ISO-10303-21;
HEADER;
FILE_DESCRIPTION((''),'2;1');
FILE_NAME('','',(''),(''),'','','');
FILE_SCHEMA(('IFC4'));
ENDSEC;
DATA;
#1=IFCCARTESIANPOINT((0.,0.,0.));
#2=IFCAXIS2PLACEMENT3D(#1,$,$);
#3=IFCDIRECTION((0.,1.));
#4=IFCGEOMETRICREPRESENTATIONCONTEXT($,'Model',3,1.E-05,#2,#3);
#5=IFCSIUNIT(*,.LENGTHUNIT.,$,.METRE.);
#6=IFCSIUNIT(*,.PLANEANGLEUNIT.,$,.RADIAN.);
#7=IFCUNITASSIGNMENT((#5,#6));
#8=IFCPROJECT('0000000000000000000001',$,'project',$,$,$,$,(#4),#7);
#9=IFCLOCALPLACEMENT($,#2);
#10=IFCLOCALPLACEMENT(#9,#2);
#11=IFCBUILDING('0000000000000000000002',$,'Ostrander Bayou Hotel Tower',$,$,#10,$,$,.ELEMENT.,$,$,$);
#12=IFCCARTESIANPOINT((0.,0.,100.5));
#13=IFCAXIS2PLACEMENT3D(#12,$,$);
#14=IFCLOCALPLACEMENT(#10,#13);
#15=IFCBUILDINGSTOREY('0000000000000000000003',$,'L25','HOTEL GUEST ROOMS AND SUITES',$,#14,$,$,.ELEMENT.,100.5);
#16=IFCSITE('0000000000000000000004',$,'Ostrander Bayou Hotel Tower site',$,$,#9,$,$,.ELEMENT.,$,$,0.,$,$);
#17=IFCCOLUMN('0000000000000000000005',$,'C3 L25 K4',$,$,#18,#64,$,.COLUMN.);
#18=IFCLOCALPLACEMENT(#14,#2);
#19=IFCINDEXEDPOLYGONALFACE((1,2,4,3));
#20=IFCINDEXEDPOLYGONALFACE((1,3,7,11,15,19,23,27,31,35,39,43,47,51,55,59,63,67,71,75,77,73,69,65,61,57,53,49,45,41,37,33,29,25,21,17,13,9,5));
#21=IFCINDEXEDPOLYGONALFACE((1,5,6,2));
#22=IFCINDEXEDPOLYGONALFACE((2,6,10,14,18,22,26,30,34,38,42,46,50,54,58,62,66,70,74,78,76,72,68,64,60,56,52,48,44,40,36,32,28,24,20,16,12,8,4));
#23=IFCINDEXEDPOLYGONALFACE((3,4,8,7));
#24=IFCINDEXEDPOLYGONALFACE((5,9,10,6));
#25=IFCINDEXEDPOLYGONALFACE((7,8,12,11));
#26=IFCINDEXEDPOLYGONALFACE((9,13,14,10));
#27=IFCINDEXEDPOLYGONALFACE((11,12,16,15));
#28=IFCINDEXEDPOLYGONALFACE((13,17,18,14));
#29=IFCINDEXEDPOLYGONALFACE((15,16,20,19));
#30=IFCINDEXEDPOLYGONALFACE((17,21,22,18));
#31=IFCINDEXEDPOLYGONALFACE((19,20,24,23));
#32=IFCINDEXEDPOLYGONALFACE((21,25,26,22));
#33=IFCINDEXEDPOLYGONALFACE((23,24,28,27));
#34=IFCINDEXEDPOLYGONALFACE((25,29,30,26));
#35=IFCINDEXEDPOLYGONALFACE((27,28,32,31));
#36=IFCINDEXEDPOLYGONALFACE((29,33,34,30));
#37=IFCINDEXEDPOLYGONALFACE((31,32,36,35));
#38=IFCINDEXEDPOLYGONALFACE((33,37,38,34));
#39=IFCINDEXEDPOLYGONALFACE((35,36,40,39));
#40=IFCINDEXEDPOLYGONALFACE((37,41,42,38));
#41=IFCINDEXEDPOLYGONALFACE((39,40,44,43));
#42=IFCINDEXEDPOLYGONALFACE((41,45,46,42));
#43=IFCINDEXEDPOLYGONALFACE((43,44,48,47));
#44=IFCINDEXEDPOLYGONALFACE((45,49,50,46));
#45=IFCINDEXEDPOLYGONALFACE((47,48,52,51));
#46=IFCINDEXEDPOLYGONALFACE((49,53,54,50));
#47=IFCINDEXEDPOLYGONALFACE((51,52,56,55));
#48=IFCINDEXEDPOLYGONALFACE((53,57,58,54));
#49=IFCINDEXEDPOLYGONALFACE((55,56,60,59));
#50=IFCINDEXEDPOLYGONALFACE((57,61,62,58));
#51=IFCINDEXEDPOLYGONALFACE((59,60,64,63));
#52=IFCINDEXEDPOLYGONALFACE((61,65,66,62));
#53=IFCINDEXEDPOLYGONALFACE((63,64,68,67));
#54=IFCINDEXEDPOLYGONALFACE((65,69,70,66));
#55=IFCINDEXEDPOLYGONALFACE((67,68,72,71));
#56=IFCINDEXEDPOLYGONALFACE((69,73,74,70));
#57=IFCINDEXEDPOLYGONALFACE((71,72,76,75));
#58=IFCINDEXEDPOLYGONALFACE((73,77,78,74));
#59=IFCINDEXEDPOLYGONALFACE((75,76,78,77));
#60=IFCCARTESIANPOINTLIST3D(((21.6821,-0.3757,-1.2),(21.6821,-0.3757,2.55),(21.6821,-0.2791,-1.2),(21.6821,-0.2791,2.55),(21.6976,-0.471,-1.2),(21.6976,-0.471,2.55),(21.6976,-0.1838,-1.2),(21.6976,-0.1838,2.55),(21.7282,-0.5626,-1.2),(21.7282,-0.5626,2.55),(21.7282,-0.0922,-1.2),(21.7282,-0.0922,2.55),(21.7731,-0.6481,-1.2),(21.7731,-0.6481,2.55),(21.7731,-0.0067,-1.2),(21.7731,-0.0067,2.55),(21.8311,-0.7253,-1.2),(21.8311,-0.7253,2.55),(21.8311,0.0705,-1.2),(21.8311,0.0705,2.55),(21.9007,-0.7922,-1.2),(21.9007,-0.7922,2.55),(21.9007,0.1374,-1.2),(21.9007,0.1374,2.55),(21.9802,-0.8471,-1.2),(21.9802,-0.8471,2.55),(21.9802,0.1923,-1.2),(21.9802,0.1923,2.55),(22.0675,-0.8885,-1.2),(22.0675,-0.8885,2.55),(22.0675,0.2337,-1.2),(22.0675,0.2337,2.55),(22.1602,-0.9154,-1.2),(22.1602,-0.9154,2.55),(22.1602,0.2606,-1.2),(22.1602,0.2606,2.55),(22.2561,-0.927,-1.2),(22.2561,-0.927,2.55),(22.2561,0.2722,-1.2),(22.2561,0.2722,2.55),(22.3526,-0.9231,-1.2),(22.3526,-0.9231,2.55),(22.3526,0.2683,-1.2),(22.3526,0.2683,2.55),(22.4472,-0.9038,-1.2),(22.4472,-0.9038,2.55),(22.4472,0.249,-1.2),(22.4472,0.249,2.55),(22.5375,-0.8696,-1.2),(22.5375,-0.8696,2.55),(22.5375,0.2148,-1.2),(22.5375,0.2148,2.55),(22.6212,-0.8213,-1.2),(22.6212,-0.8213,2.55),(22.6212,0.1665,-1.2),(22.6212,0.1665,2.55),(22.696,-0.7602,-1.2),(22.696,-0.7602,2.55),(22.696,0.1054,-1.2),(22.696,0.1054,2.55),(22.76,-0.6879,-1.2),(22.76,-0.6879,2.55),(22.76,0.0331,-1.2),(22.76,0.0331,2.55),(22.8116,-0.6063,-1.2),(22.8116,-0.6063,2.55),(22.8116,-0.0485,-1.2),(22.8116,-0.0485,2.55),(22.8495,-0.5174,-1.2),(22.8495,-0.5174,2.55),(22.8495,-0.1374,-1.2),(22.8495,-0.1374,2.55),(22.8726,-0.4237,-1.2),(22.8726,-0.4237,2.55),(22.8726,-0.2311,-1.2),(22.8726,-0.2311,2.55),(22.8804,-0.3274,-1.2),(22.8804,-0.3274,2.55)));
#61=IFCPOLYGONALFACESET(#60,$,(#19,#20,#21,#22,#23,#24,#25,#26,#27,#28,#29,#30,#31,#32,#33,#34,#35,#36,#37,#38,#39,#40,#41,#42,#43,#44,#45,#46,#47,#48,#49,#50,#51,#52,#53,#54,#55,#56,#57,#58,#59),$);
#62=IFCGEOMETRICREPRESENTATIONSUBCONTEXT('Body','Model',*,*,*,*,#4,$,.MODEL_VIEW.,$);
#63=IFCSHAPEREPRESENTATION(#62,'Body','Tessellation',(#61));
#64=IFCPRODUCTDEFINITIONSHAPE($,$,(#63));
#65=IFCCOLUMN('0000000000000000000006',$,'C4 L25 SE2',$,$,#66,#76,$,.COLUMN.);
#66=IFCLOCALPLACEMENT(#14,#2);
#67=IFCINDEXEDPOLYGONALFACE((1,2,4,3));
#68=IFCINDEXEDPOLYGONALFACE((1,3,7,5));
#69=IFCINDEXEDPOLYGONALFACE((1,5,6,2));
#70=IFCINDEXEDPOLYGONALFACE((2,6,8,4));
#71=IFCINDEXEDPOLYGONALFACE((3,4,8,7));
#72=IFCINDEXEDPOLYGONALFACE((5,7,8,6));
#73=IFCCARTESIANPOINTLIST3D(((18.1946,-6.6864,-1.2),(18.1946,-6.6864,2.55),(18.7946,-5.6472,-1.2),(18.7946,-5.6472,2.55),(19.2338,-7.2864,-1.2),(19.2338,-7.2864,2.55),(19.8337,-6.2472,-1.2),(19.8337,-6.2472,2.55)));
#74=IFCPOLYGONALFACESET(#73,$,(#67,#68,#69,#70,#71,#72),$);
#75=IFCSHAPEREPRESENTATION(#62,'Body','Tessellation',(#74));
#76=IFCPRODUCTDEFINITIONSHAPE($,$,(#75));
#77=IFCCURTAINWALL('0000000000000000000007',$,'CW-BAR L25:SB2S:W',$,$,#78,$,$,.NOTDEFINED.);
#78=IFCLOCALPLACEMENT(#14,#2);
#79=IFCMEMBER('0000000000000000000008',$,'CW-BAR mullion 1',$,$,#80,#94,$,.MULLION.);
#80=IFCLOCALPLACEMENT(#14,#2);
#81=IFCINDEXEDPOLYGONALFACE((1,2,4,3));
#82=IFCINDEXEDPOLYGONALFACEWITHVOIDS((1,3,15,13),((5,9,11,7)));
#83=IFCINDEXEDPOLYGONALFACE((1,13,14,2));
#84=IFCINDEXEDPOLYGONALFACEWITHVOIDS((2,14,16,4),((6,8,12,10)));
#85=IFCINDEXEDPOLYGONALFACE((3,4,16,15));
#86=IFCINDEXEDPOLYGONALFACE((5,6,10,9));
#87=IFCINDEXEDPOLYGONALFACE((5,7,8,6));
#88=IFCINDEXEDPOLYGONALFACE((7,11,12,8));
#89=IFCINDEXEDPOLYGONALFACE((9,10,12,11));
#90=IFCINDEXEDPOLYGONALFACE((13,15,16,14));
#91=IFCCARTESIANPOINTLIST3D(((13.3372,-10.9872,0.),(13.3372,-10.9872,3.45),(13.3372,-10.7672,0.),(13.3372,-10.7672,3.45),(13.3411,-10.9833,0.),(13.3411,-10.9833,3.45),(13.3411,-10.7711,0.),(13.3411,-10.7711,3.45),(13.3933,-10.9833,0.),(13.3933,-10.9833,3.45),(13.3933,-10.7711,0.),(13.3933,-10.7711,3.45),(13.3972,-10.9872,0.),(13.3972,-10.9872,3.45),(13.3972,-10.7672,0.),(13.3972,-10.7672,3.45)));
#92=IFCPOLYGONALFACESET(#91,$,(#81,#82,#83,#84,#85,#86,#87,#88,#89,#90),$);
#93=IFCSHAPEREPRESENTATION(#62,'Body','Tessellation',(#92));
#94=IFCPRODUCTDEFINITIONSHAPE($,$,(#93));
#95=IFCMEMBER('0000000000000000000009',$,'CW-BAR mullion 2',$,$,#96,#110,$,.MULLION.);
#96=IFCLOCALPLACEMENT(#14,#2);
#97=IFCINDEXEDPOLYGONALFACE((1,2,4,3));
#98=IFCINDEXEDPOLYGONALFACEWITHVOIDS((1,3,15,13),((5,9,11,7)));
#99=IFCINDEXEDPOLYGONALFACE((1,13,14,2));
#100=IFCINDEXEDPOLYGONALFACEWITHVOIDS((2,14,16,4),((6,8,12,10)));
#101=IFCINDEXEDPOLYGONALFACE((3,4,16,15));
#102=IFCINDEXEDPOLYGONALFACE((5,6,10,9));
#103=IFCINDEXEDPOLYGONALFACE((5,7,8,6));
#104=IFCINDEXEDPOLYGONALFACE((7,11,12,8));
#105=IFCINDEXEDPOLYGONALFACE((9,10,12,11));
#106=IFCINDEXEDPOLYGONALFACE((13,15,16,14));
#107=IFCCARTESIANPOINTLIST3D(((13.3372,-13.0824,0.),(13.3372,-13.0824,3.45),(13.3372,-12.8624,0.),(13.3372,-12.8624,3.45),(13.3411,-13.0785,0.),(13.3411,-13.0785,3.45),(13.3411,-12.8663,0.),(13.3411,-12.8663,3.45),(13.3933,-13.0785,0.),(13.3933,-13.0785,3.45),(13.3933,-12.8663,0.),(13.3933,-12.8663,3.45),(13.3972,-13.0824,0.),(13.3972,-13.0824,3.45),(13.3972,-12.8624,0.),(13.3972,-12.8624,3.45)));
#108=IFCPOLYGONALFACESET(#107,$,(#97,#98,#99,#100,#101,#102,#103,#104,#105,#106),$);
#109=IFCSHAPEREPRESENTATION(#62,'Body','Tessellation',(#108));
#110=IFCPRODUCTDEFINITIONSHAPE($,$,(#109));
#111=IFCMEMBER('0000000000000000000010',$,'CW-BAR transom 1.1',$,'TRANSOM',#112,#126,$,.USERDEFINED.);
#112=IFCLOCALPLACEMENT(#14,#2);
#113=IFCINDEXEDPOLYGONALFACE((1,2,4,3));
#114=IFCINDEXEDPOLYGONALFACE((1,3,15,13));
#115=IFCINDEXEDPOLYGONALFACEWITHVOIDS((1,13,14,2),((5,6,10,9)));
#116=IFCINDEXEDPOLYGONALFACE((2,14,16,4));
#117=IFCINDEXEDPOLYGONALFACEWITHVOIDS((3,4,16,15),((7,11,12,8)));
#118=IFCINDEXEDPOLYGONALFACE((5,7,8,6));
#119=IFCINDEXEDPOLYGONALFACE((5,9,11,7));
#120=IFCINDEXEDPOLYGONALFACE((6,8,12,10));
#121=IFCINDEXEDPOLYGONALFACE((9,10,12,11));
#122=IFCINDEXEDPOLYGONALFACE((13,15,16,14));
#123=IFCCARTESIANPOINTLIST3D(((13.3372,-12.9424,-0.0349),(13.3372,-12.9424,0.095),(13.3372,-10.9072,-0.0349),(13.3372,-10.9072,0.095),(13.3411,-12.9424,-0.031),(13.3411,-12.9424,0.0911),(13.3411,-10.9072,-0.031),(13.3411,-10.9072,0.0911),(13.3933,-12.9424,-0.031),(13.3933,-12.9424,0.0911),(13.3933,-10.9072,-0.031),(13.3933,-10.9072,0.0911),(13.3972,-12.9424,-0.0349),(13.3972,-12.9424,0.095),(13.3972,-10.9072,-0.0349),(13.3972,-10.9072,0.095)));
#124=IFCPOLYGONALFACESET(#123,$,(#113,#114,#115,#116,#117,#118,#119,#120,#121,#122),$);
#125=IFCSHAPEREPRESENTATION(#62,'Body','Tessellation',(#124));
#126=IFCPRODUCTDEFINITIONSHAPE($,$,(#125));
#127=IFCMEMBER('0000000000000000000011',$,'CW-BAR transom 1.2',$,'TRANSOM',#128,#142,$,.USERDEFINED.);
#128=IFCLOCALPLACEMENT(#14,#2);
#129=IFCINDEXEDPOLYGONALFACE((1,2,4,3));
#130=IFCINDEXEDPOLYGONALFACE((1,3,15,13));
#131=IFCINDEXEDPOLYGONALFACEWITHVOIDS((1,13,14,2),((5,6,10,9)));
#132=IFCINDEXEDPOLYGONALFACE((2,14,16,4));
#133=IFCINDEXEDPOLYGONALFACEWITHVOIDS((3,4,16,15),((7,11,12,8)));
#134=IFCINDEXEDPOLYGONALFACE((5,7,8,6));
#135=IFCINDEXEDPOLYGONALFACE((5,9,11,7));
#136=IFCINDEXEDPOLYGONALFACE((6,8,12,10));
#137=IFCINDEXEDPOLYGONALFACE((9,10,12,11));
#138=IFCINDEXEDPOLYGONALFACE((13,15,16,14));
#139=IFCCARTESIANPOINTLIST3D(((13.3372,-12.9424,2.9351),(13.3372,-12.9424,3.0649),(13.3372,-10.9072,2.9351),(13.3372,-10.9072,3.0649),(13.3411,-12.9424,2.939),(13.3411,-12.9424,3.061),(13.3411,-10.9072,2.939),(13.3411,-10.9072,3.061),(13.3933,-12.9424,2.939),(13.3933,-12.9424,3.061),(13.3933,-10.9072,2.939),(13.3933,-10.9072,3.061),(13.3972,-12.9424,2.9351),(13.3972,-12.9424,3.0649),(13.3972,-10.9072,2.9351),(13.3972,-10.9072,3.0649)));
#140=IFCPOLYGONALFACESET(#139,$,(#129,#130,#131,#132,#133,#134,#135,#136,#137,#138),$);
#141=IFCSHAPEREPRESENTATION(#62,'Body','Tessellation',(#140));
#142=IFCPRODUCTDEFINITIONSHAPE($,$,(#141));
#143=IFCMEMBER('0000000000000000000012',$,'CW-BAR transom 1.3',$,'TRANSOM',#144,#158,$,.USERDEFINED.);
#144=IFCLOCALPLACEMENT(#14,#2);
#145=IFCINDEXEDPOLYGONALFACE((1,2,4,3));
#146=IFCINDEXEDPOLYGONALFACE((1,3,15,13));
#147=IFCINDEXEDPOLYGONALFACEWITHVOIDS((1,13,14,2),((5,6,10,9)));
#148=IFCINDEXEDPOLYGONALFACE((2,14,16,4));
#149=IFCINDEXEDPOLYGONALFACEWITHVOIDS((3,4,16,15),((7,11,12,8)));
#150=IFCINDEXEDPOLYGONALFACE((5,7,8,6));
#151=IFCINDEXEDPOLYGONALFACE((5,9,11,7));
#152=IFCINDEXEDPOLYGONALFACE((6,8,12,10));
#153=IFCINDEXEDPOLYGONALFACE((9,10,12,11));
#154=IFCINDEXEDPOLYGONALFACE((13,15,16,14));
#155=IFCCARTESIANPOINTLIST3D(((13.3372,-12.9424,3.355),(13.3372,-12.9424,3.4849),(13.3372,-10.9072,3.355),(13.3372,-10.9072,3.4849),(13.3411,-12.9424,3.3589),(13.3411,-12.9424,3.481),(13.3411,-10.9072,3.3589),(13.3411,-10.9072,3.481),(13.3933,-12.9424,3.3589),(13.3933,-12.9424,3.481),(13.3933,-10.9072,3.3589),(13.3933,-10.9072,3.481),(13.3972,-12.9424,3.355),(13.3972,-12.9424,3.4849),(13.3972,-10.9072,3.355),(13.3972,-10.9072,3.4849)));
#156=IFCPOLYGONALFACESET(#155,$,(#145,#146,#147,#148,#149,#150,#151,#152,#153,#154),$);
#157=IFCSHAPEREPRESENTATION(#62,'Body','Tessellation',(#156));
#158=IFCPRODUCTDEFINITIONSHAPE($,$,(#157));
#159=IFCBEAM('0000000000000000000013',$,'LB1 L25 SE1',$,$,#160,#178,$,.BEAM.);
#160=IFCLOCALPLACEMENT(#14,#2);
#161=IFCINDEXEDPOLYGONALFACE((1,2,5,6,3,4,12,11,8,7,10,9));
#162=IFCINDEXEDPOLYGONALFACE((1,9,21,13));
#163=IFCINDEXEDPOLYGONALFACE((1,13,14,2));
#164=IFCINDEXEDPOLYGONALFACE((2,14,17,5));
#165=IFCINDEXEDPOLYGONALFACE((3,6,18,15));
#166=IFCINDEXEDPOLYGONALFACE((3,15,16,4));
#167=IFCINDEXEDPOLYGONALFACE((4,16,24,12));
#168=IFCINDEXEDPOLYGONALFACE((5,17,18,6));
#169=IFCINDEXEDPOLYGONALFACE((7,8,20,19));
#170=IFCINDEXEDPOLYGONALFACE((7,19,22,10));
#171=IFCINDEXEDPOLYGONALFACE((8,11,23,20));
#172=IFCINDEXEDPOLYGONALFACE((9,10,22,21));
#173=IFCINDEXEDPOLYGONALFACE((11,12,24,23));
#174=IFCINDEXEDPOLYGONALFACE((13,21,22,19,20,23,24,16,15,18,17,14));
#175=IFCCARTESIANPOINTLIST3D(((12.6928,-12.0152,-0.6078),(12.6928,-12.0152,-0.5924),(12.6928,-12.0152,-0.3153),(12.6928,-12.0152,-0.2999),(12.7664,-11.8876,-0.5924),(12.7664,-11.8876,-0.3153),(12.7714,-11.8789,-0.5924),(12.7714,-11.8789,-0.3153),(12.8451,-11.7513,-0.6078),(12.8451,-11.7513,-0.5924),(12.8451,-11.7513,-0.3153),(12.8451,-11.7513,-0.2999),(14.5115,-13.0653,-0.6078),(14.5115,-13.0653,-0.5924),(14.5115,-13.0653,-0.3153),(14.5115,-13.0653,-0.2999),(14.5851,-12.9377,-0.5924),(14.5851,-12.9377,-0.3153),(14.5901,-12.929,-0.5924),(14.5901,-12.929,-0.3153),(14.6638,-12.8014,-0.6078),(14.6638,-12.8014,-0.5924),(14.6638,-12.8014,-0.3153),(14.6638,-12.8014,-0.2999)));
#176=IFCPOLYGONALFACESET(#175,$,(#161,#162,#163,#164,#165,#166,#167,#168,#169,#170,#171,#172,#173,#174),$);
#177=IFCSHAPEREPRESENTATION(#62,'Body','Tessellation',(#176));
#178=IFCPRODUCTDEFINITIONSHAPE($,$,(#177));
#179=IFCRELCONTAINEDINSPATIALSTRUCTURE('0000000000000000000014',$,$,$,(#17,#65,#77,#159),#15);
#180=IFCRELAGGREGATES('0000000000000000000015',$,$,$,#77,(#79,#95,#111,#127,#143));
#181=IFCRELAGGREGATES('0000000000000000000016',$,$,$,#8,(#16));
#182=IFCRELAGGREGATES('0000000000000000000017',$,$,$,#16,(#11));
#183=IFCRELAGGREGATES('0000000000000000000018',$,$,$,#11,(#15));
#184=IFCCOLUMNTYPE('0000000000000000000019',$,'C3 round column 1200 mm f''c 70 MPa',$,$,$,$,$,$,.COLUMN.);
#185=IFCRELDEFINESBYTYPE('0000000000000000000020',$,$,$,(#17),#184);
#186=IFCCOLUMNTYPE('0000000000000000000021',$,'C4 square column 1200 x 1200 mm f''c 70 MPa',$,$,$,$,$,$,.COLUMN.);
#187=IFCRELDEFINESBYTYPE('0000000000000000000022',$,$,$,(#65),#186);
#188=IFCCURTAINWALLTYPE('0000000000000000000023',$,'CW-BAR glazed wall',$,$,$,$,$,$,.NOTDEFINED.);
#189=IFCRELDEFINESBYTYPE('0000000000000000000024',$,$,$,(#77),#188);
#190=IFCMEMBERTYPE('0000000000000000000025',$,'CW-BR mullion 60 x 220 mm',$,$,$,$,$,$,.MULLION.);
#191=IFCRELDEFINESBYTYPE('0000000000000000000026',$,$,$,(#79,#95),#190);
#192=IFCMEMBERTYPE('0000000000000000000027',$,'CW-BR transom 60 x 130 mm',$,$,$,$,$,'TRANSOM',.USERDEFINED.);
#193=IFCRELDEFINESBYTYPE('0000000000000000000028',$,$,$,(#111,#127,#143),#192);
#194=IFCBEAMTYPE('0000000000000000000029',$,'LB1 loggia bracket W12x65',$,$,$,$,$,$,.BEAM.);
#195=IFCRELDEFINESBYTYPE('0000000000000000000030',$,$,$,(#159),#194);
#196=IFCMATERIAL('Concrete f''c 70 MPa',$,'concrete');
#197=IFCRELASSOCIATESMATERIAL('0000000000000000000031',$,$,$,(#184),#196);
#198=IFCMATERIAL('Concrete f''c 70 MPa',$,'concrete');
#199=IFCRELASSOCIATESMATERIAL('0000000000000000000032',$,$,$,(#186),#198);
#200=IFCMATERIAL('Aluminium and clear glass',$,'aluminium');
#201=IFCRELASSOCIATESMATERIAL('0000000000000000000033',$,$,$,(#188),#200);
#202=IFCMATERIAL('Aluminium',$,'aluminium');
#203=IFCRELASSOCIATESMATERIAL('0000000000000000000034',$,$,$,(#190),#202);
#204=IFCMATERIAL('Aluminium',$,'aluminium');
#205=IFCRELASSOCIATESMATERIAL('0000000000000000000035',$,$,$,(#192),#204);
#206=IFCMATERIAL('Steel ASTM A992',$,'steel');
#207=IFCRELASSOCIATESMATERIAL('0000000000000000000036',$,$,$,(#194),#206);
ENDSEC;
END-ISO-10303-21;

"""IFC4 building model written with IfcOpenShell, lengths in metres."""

from ifc_helpers import new_model, si_unit, direction, frame, origin, origin_2d, place, context, subcontext, project, spatial, rectangle, hollow_rectangle, circle, i_section, extrude, material, material_profile, profile_set, type_object, element, aggregate, save


model = new_model("IFC4")

# Units and contexts
model_context = context("Model", 3, precision=1e-05, world=origin(), true_north=direction((0.0, 1.0)))
body_context = subcontext(model_context, "Body", "Model", "MODEL_VIEW")
ifc_project = project(units=[si_unit("LENGTHUNIT", "METRE"), si_unit("PLANEANGLEUNIT", "RADIAN")], contexts=[model_context])

# Site, building, storey
site_placement = place(None, origin())
site = spatial("IfcSite", under=ifc_project, at=site_placement, Name="Ostrander Bayou Hotel Tower site", CompositionType="ELEMENT", RefElevation=0.0)
building_placement = place(site_placement, origin())
building = spatial("IfcBuilding", under=site, at=building_placement, Name="Ostrander Bayou Hotel Tower", CompositionType="ELEMENT")
storey_placement = place(building_placement, frame((0.0, 0.0, 100.5)))
storey = spatial("IfcBuildingStorey", under=building, at=storey_placement, Name="L25", Description="HOTEL GUEST ROOMS AND SUITES", CompositionType="ELEMENT", Elevation=100.5)

# Columns
ifc_material_1 = material(Name="Concrete f'c 70 MPa", Category="concrete")
ifc_material_profile_1 = material_profile(ifc_material_1, circle(Radius=0.6001, at=origin_2d()))
ifc_profile_set_1 = profile_set([ifc_material_profile_1], Name="Concrete f'c 70 MPa")
column_type_1 = type_object("IfcColumnType", Name="C3 round column 1200 mm f'c 70 MPa", PredefinedType="COLUMN", material=ifc_profile_set_1)
column_1_placement = place(storey_placement, frame((22.2803, -0.3274, -1.2), z_axis=(0.0, 0.0, 1.0), x_axis=(1.0, 0.0, 0.0)))
element("IfcColumn", 1, at=column_1_placement, inside=storey, type_object=column_type_1, Name="C3 L25 K4", PredefinedType="COLUMN", context=body_context, shape_type="SweptSolid", body=[
    extrude(circle(Radius=0.6001, at=origin_2d()), origin(), (0.0, 0.0, 1.0), 3.75),
])
ifc_material_2 = material(Name="Concrete f'c 70 MPa", Category="concrete")
ifc_material_profile_2 = material_profile(ifc_material_2, rectangle(XDim=1.2, YDim=1.2, at=origin_2d()))
ifc_profile_set_2 = profile_set([ifc_material_profile_2], Name="Concrete f'c 70 MPa")
column_type_2 = type_object("IfcColumnType", Name="C4 square column 1200 x 1200 mm f'c 70 MPa", PredefinedType="COLUMN", material=ifc_profile_set_2)
column_2_placement = place(storey_placement, frame((19.0142, -6.4668, -1.2), z_axis=(0.0, 0.0, 1.0), x_axis=(-0.5, -0.866025, 0.0)))
element("IfcColumn", 2, at=column_2_placement, inside=storey, type_object=column_type_2, Name="C4 L25 SE2", PredefinedType="COLUMN", context=body_context, shape_type="SweptSolid", body=[
    extrude(rectangle(XDim=1.2, YDim=1.2, at=origin_2d()), origin(), (0.0, 0.0, 1.0), 3.75),
])

# Curtain wall, members
ifc_material_3 = material(Name="Aluminium and clear glass", Category="aluminium")
curtain_wall_type = type_object("IfcCurtainWallType", Name="CW-BAR glazed wall", PredefinedType="NOTDEFINED", material=ifc_material_3)
curtain_wall_placement = place(storey_placement, origin())
curtain_wall = element("IfcCurtainWall", 3, at=curtain_wall_placement, inside=storey, type_object=curtain_wall_type, Name="CW-BAR L25:SB2S:W", PredefinedType="NOTDEFINED")
ifc_material_4 = material(Name="Aluminium", Category="aluminium")
ifc_material_profile_3 = material_profile(ifc_material_4, hollow_rectangle(XDim=0.0601, YDim=0.22, WallThickness=0.0039, at=origin_2d()))
ifc_profile_set_3 = profile_set([ifc_material_profile_3], Name="Aluminium")
member_type_1 = type_object("IfcMemberType", Name="CW-BR mullion 60 x 220 mm", PredefinedType="MULLION", material=ifc_profile_set_3)
member_1_placement = place(storey_placement, frame((13.3672, -10.8772, 0.0), z_axis=(0.0, 0.0, 1.0), x_axis=(1.0, 0.0, 0.0)))
member_1 = element("IfcMember", 4, at=member_1_placement, type_object=member_type_1, Name="CW-BAR mullion 1", PredefinedType="MULLION", context=body_context, shape_type="SweptSolid", body=[
    extrude(hollow_rectangle(XDim=0.0601, YDim=0.22, WallThickness=0.0039, at=origin_2d()), origin(), (0.0, 0.0, 1.0), 3.45),
])
member_2_placement = place(storey_placement, frame((13.3672, -12.9724, 0.0), z_axis=(0.0, 0.0, 1.0), x_axis=(1.0, 0.0, 0.0)))
member_2 = element("IfcMember", 5, at=member_2_placement, type_object=member_type_1, Name="CW-BAR mullion 2", PredefinedType="MULLION", context=body_context, shape_type="SweptSolid", body=[
    extrude(hollow_rectangle(XDim=0.0601, YDim=0.22, WallThickness=0.0039, at=origin_2d()), origin(), (0.0, 0.0, 1.0), 3.45),
])
ifc_material_5 = material(Name="Aluminium", Category="aluminium")
ifc_material_profile_4 = material_profile(ifc_material_5, hollow_rectangle(XDim=0.0601, YDim=0.1299, WallThickness=0.0039, at=origin_2d()))
ifc_profile_set_4 = profile_set([ifc_material_profile_4], Name="Aluminium")
member_type_2 = type_object("IfcMemberType", Name="CW-BR transom 60 x 130 mm", ElementType="TRANSOM", PredefinedType="USERDEFINED", material=ifc_profile_set_4)
member_3_placement = place(storey_placement, frame((13.3672, -10.9072, 0.03), z_axis=(0.0, -1.0, 0.0), x_axis=(1.0, 0.0, 0.0)))
member_3 = element("IfcMember", 6, at=member_3_placement, type_object=member_type_2, Name="CW-BAR transom 1.1", ObjectType="TRANSOM", PredefinedType="USERDEFINED", context=body_context, shape_type="SweptSolid", body=[
    extrude(hollow_rectangle(XDim=0.0601, YDim=0.1299, WallThickness=0.0039, at=origin_2d()), origin(), (0.0, 0.0, 1.0), 2.0352),
])
member_4_placement = place(storey_placement, frame((13.3672, -10.9072, 3.0), z_axis=(0.0, -1.0, 0.0), x_axis=(1.0, 0.0, 0.0)))
member_4 = element("IfcMember", 7, at=member_4_placement, type_object=member_type_2, Name="CW-BAR transom 1.2", ObjectType="TRANSOM", PredefinedType="USERDEFINED", context=body_context, shape_type="SweptSolid", body=[
    extrude(hollow_rectangle(XDim=0.0601, YDim=0.1299, WallThickness=0.0039, at=origin_2d()), origin(), (0.0, 0.0, 1.0), 2.0352),
])
member_5_placement = place(storey_placement, frame((13.3672, -10.9072, 3.4199), z_axis=(0.0, -1.0, 0.0), x_axis=(1.0, 0.0, 0.0)))
member_5 = element("IfcMember", 8, at=member_5_placement, type_object=member_type_2, Name="CW-BAR transom 1.3", ObjectType="TRANSOM", PredefinedType="USERDEFINED", context=body_context, shape_type="SweptSolid", body=[
    extrude(hollow_rectangle(XDim=0.0601, YDim=0.1299, WallThickness=0.0039, at=origin_2d()), origin(), (0.0, 0.0, 1.0), 2.0352),
])

# Beam
ifc_material_6 = material(Name="Steel ASTM A992", Category="steel")
ifc_material_profile_5 = material_profile(ifc_material_6, i_section(OverallWidth=0.3047, OverallDepth=0.3079, WebThickness=0.01, FlangeThickness=0.0154, at=origin_2d()))
ifc_profile_set_5 = profile_set([ifc_material_profile_5], Name="Steel ASTM A992")
beam_type_1 = type_object("IfcBeamType", Name="LB1 loggia bracket W12x65", PredefinedType="BEAM", material=ifc_profile_set_5)
for number, where, z_axis, x_axis, name in (
    (9, (14.5876, -12.9333, -0.4539), (-0.866009, 0.500028, 0.0), (-0.500028, -0.866009, 0.0), "LB1 L25 SE1"),
):
    element("IfcBeam", number, at=place(storey_placement, frame(where, z_axis=z_axis, x_axis=x_axis)), inside=storey, type_object=beam_type_1, Name=name, PredefinedType="BEAM", context=body_context, shape_type="SweptSolid", body=[
        extrude(i_section(OverallWidth=0.3047, OverallDepth=0.3079, WebThickness=0.01, FlangeThickness=0.0154, at=origin_2d()), origin(), (0.0, 0.0, 1.0), 2.1001),
    ])

aggregate(curtain_wall, [member_1, member_2, member_3, member_4, member_5])

save(model, "model.ifc")
